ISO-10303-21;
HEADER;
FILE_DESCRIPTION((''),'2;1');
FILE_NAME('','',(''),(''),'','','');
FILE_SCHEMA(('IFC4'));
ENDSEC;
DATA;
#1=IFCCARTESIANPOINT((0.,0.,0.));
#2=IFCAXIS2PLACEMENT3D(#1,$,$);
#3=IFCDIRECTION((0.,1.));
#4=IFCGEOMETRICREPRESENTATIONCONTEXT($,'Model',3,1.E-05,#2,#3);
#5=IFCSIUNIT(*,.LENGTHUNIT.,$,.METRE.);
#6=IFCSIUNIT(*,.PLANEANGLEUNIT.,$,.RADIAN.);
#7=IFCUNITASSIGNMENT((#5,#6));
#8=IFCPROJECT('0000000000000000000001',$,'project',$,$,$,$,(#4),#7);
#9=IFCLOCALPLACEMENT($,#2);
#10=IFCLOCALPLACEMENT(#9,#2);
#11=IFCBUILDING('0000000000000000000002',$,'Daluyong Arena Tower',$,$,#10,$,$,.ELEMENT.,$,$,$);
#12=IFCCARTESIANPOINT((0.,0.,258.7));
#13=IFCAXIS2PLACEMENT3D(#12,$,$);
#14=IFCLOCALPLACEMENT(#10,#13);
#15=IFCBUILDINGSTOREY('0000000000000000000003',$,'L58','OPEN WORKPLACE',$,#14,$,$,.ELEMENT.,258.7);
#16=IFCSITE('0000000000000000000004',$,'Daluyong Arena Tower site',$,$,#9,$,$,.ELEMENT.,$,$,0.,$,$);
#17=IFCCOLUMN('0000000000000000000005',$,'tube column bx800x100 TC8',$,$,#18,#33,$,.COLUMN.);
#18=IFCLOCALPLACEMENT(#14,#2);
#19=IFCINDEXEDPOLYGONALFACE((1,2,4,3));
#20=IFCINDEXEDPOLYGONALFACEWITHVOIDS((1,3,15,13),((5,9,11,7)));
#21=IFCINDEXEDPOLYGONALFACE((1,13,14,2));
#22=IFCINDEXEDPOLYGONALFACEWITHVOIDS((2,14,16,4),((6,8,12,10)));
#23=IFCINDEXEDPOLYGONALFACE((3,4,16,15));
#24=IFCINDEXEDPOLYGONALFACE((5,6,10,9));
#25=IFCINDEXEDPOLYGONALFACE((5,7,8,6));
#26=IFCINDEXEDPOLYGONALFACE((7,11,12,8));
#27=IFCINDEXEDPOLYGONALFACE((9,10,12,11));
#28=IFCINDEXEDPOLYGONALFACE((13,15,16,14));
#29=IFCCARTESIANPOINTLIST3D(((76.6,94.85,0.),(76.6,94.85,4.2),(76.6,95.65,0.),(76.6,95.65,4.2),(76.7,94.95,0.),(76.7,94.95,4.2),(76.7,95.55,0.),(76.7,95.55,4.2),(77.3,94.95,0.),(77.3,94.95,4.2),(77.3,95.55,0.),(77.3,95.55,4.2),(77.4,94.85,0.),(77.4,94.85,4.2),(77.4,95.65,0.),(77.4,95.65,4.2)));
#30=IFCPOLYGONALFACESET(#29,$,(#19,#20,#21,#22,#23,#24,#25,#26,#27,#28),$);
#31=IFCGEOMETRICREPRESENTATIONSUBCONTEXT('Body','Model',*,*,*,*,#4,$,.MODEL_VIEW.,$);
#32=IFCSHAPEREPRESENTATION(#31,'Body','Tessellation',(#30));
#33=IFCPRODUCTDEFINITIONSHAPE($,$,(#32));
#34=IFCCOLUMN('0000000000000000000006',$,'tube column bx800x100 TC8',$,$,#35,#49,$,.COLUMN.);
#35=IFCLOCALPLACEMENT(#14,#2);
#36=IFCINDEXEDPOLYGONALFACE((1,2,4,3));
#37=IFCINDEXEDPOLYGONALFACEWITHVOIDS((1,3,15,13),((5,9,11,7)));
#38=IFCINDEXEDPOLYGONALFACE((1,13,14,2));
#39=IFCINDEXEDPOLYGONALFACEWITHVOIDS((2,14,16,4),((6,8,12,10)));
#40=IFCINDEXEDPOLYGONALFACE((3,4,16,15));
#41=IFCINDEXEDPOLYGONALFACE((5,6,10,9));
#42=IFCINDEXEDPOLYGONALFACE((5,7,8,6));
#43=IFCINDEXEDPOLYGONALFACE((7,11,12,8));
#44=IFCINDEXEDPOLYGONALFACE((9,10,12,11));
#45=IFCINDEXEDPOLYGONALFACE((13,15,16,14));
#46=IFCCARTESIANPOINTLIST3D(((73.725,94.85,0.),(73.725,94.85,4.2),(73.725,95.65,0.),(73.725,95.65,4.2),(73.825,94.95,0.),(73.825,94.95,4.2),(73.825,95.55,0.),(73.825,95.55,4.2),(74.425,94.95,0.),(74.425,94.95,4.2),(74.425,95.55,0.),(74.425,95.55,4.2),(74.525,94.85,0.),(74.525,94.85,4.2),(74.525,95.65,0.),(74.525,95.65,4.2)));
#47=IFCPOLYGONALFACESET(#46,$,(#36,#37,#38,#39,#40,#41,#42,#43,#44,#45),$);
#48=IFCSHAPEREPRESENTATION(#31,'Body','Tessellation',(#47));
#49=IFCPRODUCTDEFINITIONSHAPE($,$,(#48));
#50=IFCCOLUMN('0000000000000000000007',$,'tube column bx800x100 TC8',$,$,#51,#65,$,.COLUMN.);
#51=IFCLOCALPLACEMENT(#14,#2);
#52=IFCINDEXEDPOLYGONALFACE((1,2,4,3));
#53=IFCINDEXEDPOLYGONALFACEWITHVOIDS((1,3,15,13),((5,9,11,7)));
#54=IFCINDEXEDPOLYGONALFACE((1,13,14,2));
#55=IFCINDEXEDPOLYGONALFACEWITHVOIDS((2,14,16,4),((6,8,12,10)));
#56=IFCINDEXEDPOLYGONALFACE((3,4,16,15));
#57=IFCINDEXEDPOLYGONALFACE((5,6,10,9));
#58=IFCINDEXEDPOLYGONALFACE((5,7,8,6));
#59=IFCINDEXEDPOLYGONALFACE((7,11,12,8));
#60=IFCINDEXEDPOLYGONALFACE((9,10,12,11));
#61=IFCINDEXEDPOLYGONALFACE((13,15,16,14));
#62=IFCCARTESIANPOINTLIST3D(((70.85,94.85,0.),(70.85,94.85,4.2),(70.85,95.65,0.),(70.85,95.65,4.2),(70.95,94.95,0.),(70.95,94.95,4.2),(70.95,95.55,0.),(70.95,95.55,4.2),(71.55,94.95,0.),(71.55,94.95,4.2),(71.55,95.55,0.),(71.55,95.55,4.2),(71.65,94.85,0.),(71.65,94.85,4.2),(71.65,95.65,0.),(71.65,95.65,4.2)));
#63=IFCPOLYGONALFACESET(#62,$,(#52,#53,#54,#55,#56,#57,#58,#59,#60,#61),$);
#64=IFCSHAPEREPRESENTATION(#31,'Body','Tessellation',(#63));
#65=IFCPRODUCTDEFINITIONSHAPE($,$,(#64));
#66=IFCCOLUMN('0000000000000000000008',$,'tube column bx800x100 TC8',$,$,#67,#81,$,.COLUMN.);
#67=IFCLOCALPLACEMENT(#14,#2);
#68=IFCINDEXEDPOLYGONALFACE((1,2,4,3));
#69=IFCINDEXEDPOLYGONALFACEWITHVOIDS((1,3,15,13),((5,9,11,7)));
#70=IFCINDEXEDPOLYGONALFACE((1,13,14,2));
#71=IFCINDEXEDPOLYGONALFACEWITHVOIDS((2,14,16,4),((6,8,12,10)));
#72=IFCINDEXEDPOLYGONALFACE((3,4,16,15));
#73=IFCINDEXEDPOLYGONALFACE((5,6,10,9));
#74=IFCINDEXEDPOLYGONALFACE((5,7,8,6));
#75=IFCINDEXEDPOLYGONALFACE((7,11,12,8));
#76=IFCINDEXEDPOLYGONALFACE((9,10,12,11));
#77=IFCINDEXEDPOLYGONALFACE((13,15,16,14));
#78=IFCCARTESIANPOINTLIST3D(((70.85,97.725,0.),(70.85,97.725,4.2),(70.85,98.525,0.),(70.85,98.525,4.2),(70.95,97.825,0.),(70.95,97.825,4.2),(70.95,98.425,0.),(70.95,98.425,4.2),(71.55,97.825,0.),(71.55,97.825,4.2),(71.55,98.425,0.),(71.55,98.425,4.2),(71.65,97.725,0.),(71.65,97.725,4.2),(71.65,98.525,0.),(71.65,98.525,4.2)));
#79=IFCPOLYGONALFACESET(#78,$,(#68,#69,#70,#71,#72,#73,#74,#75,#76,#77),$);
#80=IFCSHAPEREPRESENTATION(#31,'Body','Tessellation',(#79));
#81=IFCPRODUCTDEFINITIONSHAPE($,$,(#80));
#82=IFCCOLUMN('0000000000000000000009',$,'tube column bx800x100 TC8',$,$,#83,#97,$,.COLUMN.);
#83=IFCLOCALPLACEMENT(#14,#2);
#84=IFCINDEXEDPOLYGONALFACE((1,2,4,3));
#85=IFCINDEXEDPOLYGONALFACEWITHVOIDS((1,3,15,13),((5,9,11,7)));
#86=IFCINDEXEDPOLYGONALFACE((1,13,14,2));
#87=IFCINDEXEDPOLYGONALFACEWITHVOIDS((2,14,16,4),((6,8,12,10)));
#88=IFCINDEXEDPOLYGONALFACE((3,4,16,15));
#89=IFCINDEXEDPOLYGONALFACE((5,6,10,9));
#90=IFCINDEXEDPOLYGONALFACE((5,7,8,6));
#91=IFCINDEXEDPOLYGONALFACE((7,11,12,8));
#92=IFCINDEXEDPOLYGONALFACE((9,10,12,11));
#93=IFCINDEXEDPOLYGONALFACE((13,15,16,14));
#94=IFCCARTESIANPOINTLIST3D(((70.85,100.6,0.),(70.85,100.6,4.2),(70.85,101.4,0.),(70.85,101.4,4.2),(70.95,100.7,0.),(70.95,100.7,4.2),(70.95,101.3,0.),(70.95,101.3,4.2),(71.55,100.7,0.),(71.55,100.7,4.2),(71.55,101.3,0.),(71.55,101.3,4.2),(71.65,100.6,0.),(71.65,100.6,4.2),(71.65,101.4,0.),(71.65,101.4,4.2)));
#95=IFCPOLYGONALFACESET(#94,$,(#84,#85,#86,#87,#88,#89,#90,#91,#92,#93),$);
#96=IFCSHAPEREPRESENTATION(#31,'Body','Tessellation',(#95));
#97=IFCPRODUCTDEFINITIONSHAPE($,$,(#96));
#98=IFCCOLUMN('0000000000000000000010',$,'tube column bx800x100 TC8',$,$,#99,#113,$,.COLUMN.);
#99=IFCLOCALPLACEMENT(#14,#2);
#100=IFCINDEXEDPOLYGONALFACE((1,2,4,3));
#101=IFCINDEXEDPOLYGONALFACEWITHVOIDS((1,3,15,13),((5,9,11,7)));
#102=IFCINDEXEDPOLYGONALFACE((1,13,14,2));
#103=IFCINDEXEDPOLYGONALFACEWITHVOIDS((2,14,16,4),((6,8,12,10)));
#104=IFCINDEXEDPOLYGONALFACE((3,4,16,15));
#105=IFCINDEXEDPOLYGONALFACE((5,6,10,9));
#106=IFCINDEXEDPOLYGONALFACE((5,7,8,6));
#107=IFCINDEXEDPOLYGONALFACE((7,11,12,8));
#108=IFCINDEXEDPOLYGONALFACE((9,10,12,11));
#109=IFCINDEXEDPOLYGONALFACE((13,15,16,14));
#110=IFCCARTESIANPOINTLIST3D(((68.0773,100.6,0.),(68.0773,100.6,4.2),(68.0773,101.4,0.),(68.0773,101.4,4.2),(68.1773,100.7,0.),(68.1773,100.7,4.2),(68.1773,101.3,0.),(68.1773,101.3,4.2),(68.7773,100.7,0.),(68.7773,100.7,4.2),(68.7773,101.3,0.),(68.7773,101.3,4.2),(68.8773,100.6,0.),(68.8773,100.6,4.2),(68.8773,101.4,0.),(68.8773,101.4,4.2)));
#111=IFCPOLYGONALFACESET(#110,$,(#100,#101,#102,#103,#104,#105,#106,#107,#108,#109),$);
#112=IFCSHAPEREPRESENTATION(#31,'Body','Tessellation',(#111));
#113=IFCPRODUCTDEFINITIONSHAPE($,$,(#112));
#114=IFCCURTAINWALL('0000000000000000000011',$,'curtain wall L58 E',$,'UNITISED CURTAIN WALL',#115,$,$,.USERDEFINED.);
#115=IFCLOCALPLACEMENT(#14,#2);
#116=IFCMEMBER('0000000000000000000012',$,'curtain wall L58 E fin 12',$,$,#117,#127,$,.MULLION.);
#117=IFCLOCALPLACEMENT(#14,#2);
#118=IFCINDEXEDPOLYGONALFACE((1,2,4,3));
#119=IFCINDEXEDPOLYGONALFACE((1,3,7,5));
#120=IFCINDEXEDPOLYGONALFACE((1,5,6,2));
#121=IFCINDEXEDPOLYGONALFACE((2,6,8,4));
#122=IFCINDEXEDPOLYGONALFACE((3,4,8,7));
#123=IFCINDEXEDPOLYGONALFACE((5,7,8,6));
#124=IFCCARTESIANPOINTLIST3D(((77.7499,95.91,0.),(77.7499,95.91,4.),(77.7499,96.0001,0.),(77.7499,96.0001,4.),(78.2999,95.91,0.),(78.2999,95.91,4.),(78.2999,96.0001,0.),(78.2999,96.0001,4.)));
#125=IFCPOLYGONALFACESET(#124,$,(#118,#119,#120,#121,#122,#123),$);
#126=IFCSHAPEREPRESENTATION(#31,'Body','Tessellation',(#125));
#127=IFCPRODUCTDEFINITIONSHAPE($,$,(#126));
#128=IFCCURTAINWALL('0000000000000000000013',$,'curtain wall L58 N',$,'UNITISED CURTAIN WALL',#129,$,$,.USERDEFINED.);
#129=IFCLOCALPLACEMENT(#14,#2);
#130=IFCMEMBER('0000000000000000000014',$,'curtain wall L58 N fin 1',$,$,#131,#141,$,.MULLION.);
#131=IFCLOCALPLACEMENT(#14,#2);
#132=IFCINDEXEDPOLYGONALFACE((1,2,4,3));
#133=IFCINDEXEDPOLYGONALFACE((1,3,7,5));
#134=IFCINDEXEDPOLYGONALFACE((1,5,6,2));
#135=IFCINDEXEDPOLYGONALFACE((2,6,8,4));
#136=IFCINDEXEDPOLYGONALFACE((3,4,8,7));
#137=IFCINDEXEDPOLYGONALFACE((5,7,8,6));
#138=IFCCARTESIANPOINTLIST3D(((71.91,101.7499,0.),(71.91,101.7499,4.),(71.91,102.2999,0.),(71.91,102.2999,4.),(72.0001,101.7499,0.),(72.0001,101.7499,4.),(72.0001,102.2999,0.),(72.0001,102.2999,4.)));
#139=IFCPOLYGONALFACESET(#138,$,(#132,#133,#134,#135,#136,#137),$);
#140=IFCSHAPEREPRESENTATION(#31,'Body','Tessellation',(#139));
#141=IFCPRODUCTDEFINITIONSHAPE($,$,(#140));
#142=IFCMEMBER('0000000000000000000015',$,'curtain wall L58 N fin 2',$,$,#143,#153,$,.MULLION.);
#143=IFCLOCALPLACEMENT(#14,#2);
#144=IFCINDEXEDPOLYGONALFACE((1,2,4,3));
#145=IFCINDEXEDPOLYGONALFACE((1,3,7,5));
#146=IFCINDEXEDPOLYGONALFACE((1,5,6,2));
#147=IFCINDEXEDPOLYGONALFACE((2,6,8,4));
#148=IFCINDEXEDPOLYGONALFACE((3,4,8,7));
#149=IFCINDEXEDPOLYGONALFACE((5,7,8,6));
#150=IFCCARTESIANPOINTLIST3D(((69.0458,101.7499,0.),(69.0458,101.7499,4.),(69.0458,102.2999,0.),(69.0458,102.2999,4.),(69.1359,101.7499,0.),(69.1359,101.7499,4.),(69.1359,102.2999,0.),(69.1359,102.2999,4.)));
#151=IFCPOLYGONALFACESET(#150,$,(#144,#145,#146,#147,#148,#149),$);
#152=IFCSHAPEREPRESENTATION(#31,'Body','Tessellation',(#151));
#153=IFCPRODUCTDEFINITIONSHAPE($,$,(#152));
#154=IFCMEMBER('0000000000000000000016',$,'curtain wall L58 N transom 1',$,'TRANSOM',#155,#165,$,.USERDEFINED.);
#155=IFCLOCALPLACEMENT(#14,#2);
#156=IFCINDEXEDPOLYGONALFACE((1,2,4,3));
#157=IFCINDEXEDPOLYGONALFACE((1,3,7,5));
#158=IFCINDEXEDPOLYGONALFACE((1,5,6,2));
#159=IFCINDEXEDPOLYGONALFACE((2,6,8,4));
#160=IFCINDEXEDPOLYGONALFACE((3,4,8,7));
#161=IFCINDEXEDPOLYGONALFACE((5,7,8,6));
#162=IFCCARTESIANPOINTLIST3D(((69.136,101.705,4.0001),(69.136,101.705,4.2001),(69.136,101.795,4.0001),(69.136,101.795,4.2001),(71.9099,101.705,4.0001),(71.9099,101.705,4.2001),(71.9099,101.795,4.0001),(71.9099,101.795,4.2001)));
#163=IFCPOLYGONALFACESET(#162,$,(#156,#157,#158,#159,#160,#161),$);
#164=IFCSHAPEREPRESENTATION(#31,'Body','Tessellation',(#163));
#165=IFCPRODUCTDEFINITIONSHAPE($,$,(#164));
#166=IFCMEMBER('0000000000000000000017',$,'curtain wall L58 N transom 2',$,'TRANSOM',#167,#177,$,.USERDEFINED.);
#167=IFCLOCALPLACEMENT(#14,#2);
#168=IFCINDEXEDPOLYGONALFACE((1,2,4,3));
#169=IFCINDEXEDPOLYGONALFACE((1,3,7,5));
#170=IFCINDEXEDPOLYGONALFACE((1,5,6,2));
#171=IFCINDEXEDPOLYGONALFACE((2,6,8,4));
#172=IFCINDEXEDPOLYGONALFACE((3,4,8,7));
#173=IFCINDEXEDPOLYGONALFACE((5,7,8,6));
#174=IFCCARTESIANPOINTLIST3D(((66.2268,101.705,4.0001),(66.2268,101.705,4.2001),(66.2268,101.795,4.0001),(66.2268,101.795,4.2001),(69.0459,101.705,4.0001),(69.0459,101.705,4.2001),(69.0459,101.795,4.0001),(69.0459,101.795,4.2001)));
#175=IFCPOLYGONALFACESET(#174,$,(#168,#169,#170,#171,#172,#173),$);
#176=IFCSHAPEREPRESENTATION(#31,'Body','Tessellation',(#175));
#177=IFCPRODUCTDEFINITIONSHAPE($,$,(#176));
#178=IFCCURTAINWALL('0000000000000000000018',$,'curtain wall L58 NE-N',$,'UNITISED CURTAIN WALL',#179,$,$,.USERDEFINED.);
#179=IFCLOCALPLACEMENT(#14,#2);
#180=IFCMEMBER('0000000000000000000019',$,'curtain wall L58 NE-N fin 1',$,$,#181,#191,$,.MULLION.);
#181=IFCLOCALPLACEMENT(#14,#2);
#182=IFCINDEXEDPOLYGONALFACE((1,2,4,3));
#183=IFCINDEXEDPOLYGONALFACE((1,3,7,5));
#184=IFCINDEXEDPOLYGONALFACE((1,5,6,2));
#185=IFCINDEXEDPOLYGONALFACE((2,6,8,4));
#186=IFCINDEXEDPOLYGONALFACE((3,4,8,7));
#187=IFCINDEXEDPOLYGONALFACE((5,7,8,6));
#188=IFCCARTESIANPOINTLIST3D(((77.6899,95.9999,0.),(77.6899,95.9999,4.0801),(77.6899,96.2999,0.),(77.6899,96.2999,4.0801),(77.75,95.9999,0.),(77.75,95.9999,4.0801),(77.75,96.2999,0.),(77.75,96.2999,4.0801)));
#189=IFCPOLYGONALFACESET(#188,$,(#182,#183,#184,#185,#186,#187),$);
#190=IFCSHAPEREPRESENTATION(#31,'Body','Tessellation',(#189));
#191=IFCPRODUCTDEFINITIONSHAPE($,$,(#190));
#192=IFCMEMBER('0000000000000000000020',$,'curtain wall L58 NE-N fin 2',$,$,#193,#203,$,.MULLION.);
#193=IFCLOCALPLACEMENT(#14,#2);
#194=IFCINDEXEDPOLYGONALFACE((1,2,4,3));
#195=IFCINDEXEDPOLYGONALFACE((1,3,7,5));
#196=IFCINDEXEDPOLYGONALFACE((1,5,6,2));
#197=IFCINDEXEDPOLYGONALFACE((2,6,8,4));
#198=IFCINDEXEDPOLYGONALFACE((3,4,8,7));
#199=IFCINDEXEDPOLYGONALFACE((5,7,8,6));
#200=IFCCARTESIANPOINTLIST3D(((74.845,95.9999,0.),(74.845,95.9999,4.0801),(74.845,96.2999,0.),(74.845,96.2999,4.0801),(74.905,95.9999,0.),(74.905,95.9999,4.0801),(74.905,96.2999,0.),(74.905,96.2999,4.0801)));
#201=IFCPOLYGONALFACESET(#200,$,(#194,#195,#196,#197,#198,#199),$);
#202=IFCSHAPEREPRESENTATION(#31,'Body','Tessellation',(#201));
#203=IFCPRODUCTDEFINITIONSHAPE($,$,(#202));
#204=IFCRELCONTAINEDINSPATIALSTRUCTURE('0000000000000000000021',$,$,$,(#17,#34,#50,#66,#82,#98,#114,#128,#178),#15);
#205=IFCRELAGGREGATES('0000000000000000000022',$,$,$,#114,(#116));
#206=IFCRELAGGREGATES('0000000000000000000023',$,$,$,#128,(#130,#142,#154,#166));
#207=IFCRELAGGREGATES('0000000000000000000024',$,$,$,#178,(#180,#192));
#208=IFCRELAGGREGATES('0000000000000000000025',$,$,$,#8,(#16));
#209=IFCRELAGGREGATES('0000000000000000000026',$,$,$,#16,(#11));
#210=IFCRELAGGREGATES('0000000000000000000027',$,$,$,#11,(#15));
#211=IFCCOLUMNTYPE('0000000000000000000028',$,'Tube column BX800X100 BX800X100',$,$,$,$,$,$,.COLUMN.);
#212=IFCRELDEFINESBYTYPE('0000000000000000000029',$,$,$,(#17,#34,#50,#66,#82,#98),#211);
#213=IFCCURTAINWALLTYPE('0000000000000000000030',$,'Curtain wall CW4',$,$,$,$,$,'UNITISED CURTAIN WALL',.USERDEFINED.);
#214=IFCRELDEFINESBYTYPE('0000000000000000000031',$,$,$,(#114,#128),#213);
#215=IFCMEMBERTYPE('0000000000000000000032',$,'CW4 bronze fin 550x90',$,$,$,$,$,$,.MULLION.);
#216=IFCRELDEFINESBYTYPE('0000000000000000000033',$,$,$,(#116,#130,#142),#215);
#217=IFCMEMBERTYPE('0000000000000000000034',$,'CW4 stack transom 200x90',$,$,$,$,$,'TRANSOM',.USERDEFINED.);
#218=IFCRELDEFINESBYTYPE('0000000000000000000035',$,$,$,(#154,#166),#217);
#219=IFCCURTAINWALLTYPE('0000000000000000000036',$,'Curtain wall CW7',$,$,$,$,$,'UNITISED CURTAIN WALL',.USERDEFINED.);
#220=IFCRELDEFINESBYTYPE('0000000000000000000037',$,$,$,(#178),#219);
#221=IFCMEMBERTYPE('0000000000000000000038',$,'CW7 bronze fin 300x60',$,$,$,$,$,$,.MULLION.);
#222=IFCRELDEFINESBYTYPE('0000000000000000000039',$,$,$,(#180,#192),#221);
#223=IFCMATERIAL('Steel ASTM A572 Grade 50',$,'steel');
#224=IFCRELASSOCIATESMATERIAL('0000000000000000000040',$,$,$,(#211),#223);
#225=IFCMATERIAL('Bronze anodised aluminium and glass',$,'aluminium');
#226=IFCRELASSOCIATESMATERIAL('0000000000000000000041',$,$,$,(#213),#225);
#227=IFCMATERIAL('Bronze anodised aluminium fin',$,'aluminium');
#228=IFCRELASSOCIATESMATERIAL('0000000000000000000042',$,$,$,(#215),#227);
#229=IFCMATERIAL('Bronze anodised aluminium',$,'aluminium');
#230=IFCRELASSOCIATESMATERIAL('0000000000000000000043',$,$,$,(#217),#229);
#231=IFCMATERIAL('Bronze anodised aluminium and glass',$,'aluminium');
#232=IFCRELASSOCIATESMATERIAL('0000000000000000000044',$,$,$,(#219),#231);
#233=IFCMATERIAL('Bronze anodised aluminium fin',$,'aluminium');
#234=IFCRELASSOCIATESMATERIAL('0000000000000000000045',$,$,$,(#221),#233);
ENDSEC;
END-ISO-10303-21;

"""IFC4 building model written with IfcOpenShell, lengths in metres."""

from ifc_helpers import new_model, si_unit, direction, frame, origin, origin_2d, place, context, subcontext, project, spatial, rectangle, hollow_rectangle, extrude, material, material_profile, profile_set, type_object, element, aggregate, save


model = new_model("IFC4")

# Units and contexts
model_context = context("Model", 3, precision=1e-05, world=origin(), true_north=direction((0.0, 1.0)))
body_context = subcontext(model_context, "Body", "Model", "MODEL_VIEW")
ifc_project = project(units=[si_unit("LENGTHUNIT", "METRE"), si_unit("PLANEANGLEUNIT", "RADIAN")], contexts=[model_context])

# Site, building, storey
site_placement = place(None, origin())
site = spatial("IfcSite", under=ifc_project, at=site_placement, Name="Daluyong Arena Tower site", CompositionType="ELEMENT", RefElevation=0.0)
building_placement = place(site_placement, origin())
building = spatial("IfcBuilding", under=site, at=building_placement, Name="Daluyong Arena Tower", CompositionType="ELEMENT")
storey_placement = place(building_placement, frame((0.0, 0.0, 258.7)))
storey = spatial("IfcBuildingStorey", under=building, at=storey_placement, Name="L58", Description="OPEN WORKPLACE", CompositionType="ELEMENT", Elevation=258.7)

# Columns
ifc_material_1 = material(Name="Steel ASTM A572 Grade 50", Category="steel")
ifc_material_profile_1 = material_profile(ifc_material_1, hollow_rectangle(XDim=0.8, YDim=0.8, WallThickness=0.1, at=origin_2d()))
ifc_profile_set_1 = profile_set([ifc_material_profile_1], Name="Steel ASTM A572 Grade 50")
column_type = type_object("IfcColumnType", Name="Tube column BX800X100 BX800X100", PredefinedType="COLUMN", material=ifc_profile_set_1)
for number, where, z_axis, x_axis, name in (
    (1, (77.0, 95.25, 0.0), (0.0, 0.0, 1.0), (1.0, 0.0, 0.0), "tube column bx800x100 TC8"),
    (2, (74.125, 95.25, 0.0), (0.0, 0.0, 1.0), (1.0, 0.0, 0.0), "tube column bx800x100 TC8"),
    (3, (71.25, 95.25, 0.0), (0.0, 0.0, 1.0), (0.0, 1.0, 0.0), "tube column bx800x100 TC8"),
    (4, (71.25, 98.125, 0.0), (0.0, 0.0, 1.0), (0.0, 1.0, 0.0), "tube column bx800x100 TC8"),
    (5, (71.25, 101.0, 0.0), (0.0, 0.0, 1.0), (1.0, 0.0, 0.0), "tube column bx800x100 TC8"),
    (6, (68.4773, 101.0, 0.0), (0.0, 0.0, 1.0), (1.0, 0.0, 0.0), "tube column bx800x100 TC8"),
):
    element("IfcColumn", number, at=place(storey_placement, frame(where, z_axis=z_axis, x_axis=x_axis)), inside=storey, type_object=column_type, Name=name, PredefinedType="COLUMN", context=body_context, shape_type="SweptSolid", body=[
        extrude(hollow_rectangle(XDim=0.8, YDim=0.8, WallThickness=0.1, at=origin_2d()), origin(), (0.0, 0.0, 1.0), 4.2),
    ])

# Curtain wall, member
ifc_material_2 = material(Name="Bronze anodised aluminium and glass", Category="aluminium")
curtain_wall_type_1 = type_object("IfcCurtainWallType", Name="Curtain wall CW4", ElementType="UNITISED CURTAIN WALL", PredefinedType="USERDEFINED", material=ifc_material_2)
curtain_wall_1_placement = place(storey_placement, origin())
curtain_wall_1 = element("IfcCurtainWall", 7, at=curtain_wall_1_placement, inside=storey, type_object=curtain_wall_type_1, Name="curtain wall L58 E", ObjectType="UNITISED CURTAIN WALL", PredefinedType="USERDEFINED")
ifc_material_3 = material(Name="Bronze anodised aluminium fin", Category="aluminium")
ifc_material_profile_2 = material_profile(ifc_material_3, rectangle(XDim=0.55, YDim=0.0901, at=origin_2d()))
ifc_profile_set_2 = profile_set([ifc_material_profile_2], Name="Bronze anodised aluminium fin")
member_type_1 = type_object("IfcMemberType", Name="CW4 bronze fin 550x90", PredefinedType="MULLION", material=ifc_profile_set_2)
member_1_placement = place(storey_placement, frame((78.0249, 95.9551, 0.0), z_axis=(0.0, 0.0, 1.0), x_axis=(-1.0, 0.0, 0.0)))
member_1 = element("IfcMember", 8, at=member_1_placement, type_object=member_type_1, Name="curtain wall L58 E fin 12", PredefinedType="MULLION", context=body_context, shape_type="SweptSolid", body=[
    extrude(rectangle(XDim=0.55, YDim=0.0901, at=origin_2d()), origin(), (0.0, 0.0, 1.0), 4.0),
])
aggregate(curtain_wall_1, [member_1])

# Curtain walls, members
curtain_wall_2_placement = place(storey_placement, origin())
curtain_wall_2 = element("IfcCurtainWall", 9, at=curtain_wall_2_placement, inside=storey, type_object=curtain_wall_type_1, Name="curtain wall L58 N", ObjectType="UNITISED CURTAIN WALL", PredefinedType="USERDEFINED")
member_2_placement = place(storey_placement, frame((71.9551, 102.0249, 0.0), z_axis=(0.0, 0.0, 1.0), x_axis=(0.0, -1.0, 0.0)))
member_2 = element("IfcMember", 10, at=member_2_placement, type_object=member_type_1, Name="curtain wall L58 N fin 1", PredefinedType="MULLION", context=body_context, shape_type="SweptSolid", body=[
    extrude(rectangle(XDim=0.55, YDim=0.0901, at=origin_2d()), origin(), (0.0, 0.0, 1.0), 4.0),
])
member_3_placement = place(storey_placement, frame((69.0908, 102.0249, 0.0), z_axis=(0.0, 0.0, 1.0), x_axis=(0.0, -1.0, 0.0)))
member_3 = element("IfcMember", 11, at=member_3_placement, type_object=member_type_1, Name="curtain wall L58 N fin 2", PredefinedType="MULLION", context=body_context, shape_type="SweptSolid", body=[
    extrude(rectangle(XDim=0.55, YDim=0.0901, at=origin_2d()), origin(), (0.0, 0.0, 1.0), 4.0),
])
ifc_material_4 = material(Name="Bronze anodised aluminium", Category="aluminium")
ifc_material_profile_3 = material_profile(ifc_material_4, rectangle(XDim=0.0901, YDim=0.2, at=origin_2d()))
ifc_profile_set_3 = profile_set([ifc_material_profile_3], Name="Bronze anodised aluminium")
member_type_2 = type_object("IfcMemberType", Name="CW4 stack transom 200x90", ElementType="TRANSOM", PredefinedType="USERDEFINED", material=ifc_profile_set_3)
member_4_placement = place(storey_placement, frame((71.9099, 101.75, 4.1001), z_axis=(-1.0, 0.0, 0.0), x_axis=(0.0, -1.0, 0.0)))
member_4 = element("IfcMember", 12, at=member_4_placement, type_object=member_type_2, Name="curtain wall L58 N transom 1", ObjectType="TRANSOM", PredefinedType="USERDEFINED", context=body_context, shape_type="SweptSolid", body=[
    extrude(rectangle(XDim=0.0901, YDim=0.2, at=origin_2d()), origin(), (0.0, 0.0, 1.0), 2.7739),
])
member_5_placement = place(storey_placement, frame((69.0459, 101.75, 4.1001), z_axis=(-1.0, 0.0, 0.0), x_axis=(0.0, -1.0, 0.0)))
member_5 = element("IfcMember", 13, at=member_5_placement, type_object=member_type_2, Name="curtain wall L58 N transom 2", ObjectType="TRANSOM", PredefinedType="USERDEFINED", context=body_context, shape_type="SweptSolid", body=[
    extrude(rectangle(XDim=0.0901, YDim=0.2, at=origin_2d()), origin(), (0.0, 0.0, 1.0), 2.8191),
])
ifc_material_5 = material(Name="Bronze anodised aluminium and glass", Category="aluminium")
curtain_wall_type_2 = type_object("IfcCurtainWallType", Name="Curtain wall CW7", ElementType="UNITISED CURTAIN WALL", PredefinedType="USERDEFINED", material=ifc_material_5)
curtain_wall_3_placement = place(storey_placement, origin())
curtain_wall_3 = element("IfcCurtainWall", 14, at=curtain_wall_3_placement, inside=storey, type_object=curtain_wall_type_2, Name="curtain wall L58 NE-N", ObjectType="UNITISED CURTAIN WALL", PredefinedType="USERDEFINED")
ifc_material_6 = material(Name="Bronze anodised aluminium fin", Category="aluminium")
ifc_material_profile_4 = material_profile(ifc_material_6, rectangle(XDim=0.3, YDim=0.0601, at=origin_2d()))
ifc_profile_set_4 = profile_set([ifc_material_profile_4], Name="Bronze anodised aluminium fin")
member_type_3 = type_object("IfcMemberType", Name="CW7 bronze fin 300x60", PredefinedType="MULLION", material=ifc_profile_set_4)
member_6_placement = place(storey_placement, frame((77.72, 96.1499, 0.0), z_axis=(0.0, 0.0, 1.0), x_axis=(0.0, -1.0, 0.0)))
member_6 = element("IfcMember", 15, at=member_6_placement, type_object=member_type_3, Name="curtain wall L58 NE-N fin 1", PredefinedType="MULLION", context=body_context, shape_type="SweptSolid", body=[
    extrude(rectangle(XDim=0.3, YDim=0.0601, at=origin_2d()), origin(), (0.0, 0.0, 1.0), 4.0801),
])
member_7_placement = place(storey_placement, frame((74.875, 96.1499, 0.0), z_axis=(0.0, 0.0, 1.0), x_axis=(0.0, -1.0, 0.0)))
member_7 = element("IfcMember", 16, at=member_7_placement, type_object=member_type_3, Name="curtain wall L58 NE-N fin 2", PredefinedType="MULLION", context=body_context, shape_type="SweptSolid", body=[
    extrude(rectangle(XDim=0.3, YDim=0.0601, at=origin_2d()), origin(), (0.0, 0.0, 1.0), 4.0801),
])

aggregate(curtain_wall_2, [member_2, member_3, member_4, member_5])
aggregate(curtain_wall_3, [member_6, member_7])

save(model, "model.ifc")
